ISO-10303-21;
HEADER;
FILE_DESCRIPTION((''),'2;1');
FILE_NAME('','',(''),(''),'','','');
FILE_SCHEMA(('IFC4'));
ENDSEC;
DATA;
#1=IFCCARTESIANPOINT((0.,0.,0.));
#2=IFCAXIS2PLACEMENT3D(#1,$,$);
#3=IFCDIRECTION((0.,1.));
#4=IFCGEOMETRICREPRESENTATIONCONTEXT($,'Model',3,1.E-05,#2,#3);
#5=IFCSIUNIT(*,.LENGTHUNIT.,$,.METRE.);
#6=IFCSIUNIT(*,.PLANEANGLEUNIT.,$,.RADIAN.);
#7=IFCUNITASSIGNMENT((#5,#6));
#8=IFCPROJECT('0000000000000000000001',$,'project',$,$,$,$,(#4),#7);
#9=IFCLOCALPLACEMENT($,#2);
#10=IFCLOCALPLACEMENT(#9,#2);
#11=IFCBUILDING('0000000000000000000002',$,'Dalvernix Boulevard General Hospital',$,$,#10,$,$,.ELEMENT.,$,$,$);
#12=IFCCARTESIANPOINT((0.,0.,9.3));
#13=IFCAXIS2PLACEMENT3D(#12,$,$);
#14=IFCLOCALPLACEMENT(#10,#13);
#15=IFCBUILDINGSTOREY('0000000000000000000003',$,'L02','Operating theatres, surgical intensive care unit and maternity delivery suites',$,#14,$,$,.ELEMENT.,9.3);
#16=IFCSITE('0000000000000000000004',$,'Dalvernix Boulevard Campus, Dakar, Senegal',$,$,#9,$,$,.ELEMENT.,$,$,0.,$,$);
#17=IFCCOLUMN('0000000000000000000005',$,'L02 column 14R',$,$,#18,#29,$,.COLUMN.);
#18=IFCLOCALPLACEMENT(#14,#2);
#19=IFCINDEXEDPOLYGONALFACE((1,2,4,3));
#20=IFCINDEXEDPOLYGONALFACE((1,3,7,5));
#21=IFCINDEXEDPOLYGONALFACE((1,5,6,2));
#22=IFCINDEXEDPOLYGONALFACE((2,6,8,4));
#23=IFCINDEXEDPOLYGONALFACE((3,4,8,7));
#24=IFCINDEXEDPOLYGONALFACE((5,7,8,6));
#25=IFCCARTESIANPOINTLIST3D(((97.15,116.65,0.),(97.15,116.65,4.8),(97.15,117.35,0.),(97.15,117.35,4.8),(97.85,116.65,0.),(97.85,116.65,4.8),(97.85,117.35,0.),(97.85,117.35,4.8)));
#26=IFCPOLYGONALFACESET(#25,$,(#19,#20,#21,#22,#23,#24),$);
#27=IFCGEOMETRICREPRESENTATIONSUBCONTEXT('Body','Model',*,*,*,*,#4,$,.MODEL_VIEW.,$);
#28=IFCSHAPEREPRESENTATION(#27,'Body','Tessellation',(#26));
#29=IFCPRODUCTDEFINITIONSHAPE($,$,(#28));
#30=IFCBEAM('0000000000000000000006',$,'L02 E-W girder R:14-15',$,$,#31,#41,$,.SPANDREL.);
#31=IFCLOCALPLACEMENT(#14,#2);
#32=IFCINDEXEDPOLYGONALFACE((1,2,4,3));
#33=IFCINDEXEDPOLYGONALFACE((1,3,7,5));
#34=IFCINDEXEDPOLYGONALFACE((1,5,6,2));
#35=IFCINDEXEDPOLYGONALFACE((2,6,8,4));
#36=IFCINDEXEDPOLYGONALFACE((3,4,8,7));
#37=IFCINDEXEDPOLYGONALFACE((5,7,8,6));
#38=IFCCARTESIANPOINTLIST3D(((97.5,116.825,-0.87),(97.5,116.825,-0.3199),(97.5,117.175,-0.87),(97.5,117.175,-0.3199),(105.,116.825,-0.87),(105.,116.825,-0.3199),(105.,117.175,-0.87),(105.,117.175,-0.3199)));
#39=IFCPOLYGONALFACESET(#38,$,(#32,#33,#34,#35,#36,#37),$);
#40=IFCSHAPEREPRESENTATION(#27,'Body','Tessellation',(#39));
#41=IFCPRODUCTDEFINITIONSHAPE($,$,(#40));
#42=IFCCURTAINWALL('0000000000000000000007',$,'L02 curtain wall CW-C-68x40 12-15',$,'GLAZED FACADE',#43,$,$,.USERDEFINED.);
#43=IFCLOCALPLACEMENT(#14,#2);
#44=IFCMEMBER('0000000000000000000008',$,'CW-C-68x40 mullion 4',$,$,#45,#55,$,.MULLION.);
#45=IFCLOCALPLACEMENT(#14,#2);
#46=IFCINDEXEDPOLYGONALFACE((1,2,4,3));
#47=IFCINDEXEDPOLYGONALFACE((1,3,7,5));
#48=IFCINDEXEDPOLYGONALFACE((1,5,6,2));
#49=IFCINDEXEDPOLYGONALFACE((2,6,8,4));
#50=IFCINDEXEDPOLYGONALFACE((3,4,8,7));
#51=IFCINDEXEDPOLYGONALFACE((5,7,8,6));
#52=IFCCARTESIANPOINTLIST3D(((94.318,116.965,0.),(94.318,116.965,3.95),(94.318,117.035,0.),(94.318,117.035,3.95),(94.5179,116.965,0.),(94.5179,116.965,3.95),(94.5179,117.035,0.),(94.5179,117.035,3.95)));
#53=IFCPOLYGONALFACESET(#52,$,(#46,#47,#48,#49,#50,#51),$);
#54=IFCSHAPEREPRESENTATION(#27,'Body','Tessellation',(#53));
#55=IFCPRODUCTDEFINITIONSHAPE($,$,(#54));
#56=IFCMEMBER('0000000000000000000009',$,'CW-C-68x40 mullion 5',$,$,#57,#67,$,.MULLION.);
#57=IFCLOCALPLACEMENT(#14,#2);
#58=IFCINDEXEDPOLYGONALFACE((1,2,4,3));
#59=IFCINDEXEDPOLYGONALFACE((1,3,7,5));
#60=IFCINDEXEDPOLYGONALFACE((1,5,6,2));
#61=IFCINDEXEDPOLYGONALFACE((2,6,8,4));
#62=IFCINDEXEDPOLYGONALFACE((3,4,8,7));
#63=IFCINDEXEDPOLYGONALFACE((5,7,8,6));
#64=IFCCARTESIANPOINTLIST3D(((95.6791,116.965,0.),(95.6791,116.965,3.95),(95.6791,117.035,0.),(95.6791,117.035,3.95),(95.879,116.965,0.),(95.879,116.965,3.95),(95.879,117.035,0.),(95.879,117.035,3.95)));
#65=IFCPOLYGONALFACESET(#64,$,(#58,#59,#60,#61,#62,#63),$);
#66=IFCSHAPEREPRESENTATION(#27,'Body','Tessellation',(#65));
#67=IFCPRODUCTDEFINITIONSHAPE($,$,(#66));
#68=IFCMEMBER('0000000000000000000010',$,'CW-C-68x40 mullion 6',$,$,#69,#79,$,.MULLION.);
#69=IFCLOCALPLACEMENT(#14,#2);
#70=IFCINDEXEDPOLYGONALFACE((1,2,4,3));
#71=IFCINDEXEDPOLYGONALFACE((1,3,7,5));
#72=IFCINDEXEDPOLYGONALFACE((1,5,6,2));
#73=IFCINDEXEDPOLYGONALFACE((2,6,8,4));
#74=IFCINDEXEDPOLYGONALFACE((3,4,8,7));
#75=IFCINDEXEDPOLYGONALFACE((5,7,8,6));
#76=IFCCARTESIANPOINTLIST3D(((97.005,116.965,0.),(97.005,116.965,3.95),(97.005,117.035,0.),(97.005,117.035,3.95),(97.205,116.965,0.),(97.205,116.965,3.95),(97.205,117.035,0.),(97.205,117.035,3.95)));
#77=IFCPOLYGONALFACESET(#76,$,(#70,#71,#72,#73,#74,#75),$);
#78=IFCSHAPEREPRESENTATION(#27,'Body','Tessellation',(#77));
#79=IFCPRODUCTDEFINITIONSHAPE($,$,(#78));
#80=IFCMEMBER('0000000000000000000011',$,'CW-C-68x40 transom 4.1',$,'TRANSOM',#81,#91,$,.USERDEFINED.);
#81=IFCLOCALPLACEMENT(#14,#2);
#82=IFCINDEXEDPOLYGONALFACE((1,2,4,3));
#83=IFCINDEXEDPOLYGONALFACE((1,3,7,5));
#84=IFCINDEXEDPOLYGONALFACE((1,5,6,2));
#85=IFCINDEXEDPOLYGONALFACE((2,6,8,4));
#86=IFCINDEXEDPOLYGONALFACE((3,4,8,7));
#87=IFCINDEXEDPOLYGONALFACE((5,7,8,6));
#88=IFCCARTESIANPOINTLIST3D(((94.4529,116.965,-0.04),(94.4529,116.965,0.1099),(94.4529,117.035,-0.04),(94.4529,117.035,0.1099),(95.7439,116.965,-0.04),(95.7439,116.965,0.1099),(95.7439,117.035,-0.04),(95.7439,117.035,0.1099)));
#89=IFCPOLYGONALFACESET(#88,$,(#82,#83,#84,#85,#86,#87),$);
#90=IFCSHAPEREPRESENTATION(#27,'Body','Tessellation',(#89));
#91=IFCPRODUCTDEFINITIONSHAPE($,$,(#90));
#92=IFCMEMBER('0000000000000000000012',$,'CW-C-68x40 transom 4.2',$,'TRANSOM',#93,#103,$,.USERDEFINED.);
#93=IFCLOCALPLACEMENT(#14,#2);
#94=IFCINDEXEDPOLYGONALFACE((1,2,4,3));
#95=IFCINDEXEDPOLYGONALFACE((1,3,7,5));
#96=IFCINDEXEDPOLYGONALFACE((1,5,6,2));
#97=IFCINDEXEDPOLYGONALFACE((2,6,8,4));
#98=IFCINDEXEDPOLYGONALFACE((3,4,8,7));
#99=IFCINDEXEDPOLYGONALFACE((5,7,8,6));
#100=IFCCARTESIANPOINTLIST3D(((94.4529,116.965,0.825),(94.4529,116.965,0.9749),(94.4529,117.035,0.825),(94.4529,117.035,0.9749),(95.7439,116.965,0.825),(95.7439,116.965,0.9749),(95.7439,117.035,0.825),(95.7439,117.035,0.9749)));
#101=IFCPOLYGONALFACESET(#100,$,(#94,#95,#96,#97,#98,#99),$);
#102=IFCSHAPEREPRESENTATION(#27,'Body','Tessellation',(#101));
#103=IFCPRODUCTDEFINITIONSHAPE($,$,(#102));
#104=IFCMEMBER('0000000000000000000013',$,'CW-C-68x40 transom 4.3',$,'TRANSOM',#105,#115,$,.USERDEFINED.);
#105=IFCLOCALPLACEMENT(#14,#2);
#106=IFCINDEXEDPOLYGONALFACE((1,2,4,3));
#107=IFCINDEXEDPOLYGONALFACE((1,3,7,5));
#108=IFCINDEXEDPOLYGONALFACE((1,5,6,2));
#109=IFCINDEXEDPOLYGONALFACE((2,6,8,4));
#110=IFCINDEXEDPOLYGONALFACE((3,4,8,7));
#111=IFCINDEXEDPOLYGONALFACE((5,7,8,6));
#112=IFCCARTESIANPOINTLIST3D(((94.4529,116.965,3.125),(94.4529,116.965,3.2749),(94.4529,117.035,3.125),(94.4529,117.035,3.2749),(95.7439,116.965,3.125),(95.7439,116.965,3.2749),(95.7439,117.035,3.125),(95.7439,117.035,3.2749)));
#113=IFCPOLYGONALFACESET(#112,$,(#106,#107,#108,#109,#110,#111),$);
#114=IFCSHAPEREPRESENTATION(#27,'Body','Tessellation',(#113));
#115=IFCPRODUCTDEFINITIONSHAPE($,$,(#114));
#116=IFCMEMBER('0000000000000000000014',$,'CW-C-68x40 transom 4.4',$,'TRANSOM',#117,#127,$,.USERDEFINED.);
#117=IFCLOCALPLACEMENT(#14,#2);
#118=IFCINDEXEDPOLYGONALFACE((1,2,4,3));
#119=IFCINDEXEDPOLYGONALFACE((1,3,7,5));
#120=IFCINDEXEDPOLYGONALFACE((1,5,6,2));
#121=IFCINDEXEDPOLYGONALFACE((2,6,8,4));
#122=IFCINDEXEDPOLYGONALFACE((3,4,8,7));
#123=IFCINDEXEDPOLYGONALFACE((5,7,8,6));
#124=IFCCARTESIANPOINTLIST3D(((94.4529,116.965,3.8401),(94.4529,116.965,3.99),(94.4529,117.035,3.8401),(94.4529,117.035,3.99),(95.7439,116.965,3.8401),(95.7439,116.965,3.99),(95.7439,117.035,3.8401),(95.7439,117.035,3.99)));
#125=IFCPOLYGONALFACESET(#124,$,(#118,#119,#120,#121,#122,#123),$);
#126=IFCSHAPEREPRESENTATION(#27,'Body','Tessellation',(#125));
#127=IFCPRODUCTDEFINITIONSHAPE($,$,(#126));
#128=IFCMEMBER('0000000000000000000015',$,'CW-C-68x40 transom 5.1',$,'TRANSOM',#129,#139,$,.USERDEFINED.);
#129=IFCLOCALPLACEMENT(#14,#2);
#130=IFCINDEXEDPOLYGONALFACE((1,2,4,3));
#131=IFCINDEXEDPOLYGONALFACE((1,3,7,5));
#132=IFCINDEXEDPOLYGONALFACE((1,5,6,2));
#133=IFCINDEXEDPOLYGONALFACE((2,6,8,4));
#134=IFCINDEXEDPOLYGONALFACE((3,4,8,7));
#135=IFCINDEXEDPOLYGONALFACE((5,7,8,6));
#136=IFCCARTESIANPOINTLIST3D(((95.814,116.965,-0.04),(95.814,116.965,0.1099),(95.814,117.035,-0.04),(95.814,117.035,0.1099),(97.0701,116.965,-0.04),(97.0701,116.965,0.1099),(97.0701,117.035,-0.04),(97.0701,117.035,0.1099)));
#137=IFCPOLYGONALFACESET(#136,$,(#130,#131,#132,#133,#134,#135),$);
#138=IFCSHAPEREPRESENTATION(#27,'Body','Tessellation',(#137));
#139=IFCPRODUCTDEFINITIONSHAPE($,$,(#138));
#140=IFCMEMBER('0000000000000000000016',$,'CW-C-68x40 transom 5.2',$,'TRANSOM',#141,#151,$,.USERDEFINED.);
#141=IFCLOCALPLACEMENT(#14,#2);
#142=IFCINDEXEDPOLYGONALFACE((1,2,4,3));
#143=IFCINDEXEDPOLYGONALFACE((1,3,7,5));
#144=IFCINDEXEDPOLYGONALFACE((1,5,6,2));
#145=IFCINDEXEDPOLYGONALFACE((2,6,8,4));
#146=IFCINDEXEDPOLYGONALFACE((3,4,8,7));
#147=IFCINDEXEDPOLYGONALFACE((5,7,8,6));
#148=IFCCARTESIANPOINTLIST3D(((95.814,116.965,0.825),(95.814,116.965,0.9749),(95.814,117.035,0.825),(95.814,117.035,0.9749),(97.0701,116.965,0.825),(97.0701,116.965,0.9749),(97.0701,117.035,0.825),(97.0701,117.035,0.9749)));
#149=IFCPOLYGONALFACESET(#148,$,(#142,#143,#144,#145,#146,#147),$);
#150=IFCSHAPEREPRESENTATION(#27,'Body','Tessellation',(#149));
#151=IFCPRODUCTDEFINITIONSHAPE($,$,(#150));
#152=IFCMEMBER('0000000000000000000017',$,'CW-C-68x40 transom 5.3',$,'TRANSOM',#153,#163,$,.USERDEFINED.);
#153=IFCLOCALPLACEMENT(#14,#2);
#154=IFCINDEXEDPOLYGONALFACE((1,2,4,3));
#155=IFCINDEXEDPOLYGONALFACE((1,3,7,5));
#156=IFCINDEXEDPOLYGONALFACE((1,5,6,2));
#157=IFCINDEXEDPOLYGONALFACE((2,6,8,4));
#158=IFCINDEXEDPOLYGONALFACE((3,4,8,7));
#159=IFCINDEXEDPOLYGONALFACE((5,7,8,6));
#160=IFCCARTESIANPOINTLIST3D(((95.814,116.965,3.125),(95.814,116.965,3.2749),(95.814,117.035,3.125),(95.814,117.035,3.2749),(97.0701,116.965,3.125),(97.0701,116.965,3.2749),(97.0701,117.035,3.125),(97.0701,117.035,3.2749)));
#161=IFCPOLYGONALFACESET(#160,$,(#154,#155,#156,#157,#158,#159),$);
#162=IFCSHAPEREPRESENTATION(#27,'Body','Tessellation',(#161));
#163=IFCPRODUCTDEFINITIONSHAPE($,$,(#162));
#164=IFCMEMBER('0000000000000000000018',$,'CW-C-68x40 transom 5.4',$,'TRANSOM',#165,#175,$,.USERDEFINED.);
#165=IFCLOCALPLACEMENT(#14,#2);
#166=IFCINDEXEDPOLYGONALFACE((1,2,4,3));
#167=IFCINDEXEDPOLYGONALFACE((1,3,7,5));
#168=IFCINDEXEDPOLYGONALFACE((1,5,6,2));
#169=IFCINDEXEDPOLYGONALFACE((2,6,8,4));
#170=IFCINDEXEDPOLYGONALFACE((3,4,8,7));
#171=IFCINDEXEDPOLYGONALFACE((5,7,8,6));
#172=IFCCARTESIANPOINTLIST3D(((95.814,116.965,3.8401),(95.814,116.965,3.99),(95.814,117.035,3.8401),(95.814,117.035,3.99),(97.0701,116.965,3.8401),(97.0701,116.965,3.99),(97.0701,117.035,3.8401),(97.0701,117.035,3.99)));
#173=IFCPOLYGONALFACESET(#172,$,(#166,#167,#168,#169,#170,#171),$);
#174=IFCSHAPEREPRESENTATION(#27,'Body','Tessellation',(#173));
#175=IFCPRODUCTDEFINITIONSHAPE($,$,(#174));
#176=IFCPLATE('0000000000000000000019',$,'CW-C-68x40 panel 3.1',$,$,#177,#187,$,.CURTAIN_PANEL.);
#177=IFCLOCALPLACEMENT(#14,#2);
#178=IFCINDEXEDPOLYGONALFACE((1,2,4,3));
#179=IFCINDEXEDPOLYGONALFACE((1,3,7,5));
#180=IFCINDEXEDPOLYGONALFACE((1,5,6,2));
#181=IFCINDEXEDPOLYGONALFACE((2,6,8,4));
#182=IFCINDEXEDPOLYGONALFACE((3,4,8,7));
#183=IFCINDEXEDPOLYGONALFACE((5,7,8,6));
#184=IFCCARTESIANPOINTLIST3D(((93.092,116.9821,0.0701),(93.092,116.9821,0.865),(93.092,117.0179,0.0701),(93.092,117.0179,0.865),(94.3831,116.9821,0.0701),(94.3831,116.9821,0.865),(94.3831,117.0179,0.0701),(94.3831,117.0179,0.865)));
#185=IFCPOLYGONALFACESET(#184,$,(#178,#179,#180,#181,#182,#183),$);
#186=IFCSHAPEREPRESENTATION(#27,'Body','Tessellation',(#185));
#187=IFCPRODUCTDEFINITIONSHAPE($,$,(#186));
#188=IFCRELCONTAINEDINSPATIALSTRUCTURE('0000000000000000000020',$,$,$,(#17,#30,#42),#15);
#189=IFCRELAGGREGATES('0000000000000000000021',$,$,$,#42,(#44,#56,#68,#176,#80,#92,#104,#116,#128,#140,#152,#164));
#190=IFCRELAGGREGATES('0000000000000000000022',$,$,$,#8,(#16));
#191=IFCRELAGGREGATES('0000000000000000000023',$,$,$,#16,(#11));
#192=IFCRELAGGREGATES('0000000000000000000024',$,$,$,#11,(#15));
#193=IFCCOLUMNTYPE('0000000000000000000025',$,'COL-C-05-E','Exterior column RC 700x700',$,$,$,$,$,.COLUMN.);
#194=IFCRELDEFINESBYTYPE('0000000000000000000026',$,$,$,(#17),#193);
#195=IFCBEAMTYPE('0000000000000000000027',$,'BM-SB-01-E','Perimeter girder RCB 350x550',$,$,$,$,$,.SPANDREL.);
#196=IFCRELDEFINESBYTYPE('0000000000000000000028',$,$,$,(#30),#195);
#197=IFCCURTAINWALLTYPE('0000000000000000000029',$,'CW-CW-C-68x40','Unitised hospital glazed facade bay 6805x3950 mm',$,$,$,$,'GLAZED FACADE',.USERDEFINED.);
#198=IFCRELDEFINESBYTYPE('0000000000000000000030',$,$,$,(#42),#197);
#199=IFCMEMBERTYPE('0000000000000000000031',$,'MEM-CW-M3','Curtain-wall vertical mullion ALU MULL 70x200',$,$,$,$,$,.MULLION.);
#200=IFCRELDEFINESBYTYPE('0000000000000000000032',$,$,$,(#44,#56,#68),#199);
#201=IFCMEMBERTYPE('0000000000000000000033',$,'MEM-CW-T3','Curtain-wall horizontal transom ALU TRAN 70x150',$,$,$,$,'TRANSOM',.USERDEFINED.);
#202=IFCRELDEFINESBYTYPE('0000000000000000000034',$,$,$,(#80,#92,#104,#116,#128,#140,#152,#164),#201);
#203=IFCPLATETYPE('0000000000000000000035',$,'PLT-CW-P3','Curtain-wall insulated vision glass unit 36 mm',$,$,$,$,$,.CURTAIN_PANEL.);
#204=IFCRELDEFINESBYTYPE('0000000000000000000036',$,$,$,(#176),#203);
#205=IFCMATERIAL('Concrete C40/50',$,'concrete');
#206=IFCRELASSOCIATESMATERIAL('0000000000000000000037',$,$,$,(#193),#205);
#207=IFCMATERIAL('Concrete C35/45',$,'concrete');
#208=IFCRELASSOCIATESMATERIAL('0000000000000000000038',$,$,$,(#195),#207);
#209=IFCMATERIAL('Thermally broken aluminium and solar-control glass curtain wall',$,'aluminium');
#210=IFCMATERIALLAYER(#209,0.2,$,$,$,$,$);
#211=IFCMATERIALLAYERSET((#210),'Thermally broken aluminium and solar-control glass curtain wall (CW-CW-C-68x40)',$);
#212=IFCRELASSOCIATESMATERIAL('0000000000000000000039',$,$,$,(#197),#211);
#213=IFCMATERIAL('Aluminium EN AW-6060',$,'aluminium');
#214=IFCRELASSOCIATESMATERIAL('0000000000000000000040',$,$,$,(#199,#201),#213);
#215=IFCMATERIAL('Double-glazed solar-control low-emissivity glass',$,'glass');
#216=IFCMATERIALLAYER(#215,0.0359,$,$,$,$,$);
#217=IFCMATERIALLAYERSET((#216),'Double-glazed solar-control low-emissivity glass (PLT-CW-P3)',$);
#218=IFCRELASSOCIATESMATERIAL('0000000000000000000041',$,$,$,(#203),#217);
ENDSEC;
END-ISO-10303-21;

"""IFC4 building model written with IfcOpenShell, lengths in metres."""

from ifc_helpers import new_model, si_unit, direction, frame, origin, origin_2d, place, context, subcontext, project, spatial, rectangle, extrude, material, layer, layer_set, material_profile, profile_set, type_object, element, aggregate, save


model = new_model("IFC4")

# Units and contexts
model_context = context("Model", 3, precision=1e-05, world=origin(), true_north=direction((0.0, 1.0)))
body_context = subcontext(model_context, "Body", "Model", "MODEL_VIEW")
ifc_project = project(units=[si_unit("LENGTHUNIT", "METRE"), si_unit("PLANEANGLEUNIT", "RADIAN")], contexts=[model_context])

# Site, building, storey
site_placement = place(None, origin())
site = spatial("IfcSite", under=ifc_project, at=site_placement, Name="Dalvernix Boulevard Campus, Dakar, Senegal", CompositionType="ELEMENT", RefElevation=0.0)
building_placement = place(site_placement, origin())
building = spatial("IfcBuilding", under=site, at=building_placement, Name="Dalvernix Boulevard General Hospital", CompositionType="ELEMENT")
storey_placement = place(building_placement, frame((0.0, 0.0, 9.3)))
storey = spatial("IfcBuildingStorey", under=building, at=storey_placement, Name="L02", Description="Operating theatres, surgical intensive care unit and maternity delivery suites", CompositionType="ELEMENT", Elevation=9.3)

# Column
ifc_material_1 = material(Name="Concrete C40/50", Category="concrete")
ifc_material_profile_1 = material_profile(ifc_material_1, rectangle(XDim=0.7, YDim=0.7, at=origin_2d()), Name="RC 700x700")
ifc_profile_set_1 = profile_set([ifc_material_profile_1], Name="Concrete C40/50")
column_type = type_object("IfcColumnType", Name="COL-C-05-E", Description="Exterior column RC 700x700", PredefinedType="COLUMN", material=ifc_profile_set_1)
column_placement = place(storey_placement, frame((97.5, 117.0, 0.0), z_axis=(0.0, 0.0, 1.0), x_axis=(1.0, 0.0, 0.0)))
element("IfcColumn", 1, at=column_placement, inside=storey, type_object=column_type, Name="L02 column 14R", PredefinedType="COLUMN", context=body_context, shape_type="SweptSolid", body=[
    extrude(rectangle(XDim=0.7, YDim=0.7, at=origin_2d()), origin(), (0.0, 0.0, 1.0), 4.8),
])

# Beam
ifc_material_2 = material(Name="Concrete C35/45", Category="concrete")
ifc_material_profile_2 = material_profile(ifc_material_2, rectangle(XDim=0.3501, YDim=0.55, at=origin_2d()), Name="RCB 350x550")
ifc_profile_set_2 = profile_set([ifc_material_profile_2], Name="Concrete C35/45")
beam_type = type_object("IfcBeamType", Name="BM-SB-01-E", Description="Perimeter girder RCB 350x550", PredefinedType="SPANDREL", material=ifc_profile_set_2)
beam_placement = place(storey_placement, frame((97.5, 117.0, -0.595), z_axis=(1.0, 0.0, 0.0), x_axis=(0.0, 1.0, 0.0)))
element("IfcBeam", 2, at=beam_placement, inside=storey, type_object=beam_type, Name="L02 E-W girder R:14-15", PredefinedType="SPANDREL", context=body_context, shape_type="SweptSolid", body=[
    extrude(rectangle(XDim=0.3501, YDim=0.55, at=origin_2d()), origin(), (0.0, 0.0, 1.0), 7.5),
])

# Curtain wall, members, plate
ifc_material_3 = material(Name="Thermally broken aluminium and solar-control glass curtain wall", Category="aluminium")
ifc_layer_1 = layer(ifc_material_3, 0.2)
ifc_layer_set_1 = layer_set([ifc_layer_1], Name="Thermally broken aluminium and solar-control glass curtain wall (CW-CW-C-68x40)")
curtain_wall_type = type_object("IfcCurtainWallType", Name="CW-CW-C-68x40", Description="Unitised hospital glazed facade bay 6805x3950 mm", ElementType="GLAZED FACADE", PredefinedType="USERDEFINED", material=ifc_layer_set_1)
curtain_wall_placement = place(storey_placement, origin())
curtain_wall = element("IfcCurtainWall", 3, at=curtain_wall_placement, inside=storey, type_object=curtain_wall_type, Name="L02 curtain wall CW-C-68x40 12-15", ObjectType="GLAZED FACADE", PredefinedType="USERDEFINED")
ifc_material_4 = material(Name="Aluminium EN AW-6060", Category="aluminium")
ifc_material_profile_3 = material_profile(ifc_material_4, rectangle(XDim=0.0701, YDim=0.2, at=origin_2d()), Name="ALU MULL 70x200")
ifc_profile_set_3 = profile_set([ifc_material_profile_3], Name="Aluminium EN AW-6060")
member_type_1 = type_object("IfcMemberType", Name="MEM-CW-M3", Description="Curtain-wall vertical mullion ALU MULL 70x200", PredefinedType="MULLION", material=ifc_profile_set_3)
member_1_placement = place(storey_placement, frame((94.418, 117.0, 0.0), z_axis=(0.0, 0.0, 1.0), x_axis=(0.0, 1.0, 0.0)))
member_1 = element("IfcMember", 4, at=member_1_placement, type_object=member_type_1, Name="CW-C-68x40 mullion 4", PredefinedType="MULLION", context=body_context, shape_type="SweptSolid", body=[
    extrude(rectangle(XDim=0.0701, YDim=0.2, at=origin_2d()), origin(), (0.0, 0.0, 1.0), 3.95),
])
member_2_placement = place(storey_placement, frame((95.7791, 117.0, 0.0), z_axis=(0.0, 0.0, 1.0), x_axis=(0.0, 1.0, 0.0)))
member_2 = element("IfcMember", 5, at=member_2_placement, type_object=member_type_1, Name="CW-C-68x40 mullion 5", PredefinedType="MULLION", context=body_context, shape_type="SweptSolid", body=[
    extrude(rectangle(XDim=0.0701, YDim=0.2, at=origin_2d()), origin(), (0.0, 0.0, 1.0), 3.95),
])
member_3_placement = place(storey_placement, frame((97.105, 117.0, 0.0), z_axis=(0.0, 0.0, 1.0), x_axis=(0.0, 1.0, 0.0)))
member_3 = element("IfcMember", 6, at=member_3_placement, type_object=member_type_1, Name="CW-C-68x40 mullion 6", PredefinedType="MULLION", context=body_context, shape_type="SweptSolid", body=[
    extrude(rectangle(XDim=0.0701, YDim=0.2, at=origin_2d()), origin(), (0.0, 0.0, 1.0), 3.95),
])
ifc_material_profile_4 = material_profile(ifc_material_4, rectangle(XDim=0.0701, YDim=0.1499, at=origin_2d()), Name="ALU TRAN 70x150")
ifc_profile_set_4 = profile_set([ifc_material_profile_4], Name="Aluminium EN AW-6060")
member_type_2 = type_object("IfcMemberType", Name="MEM-CW-T3", Description="Curtain-wall horizontal transom ALU TRAN 70x150", ElementType="TRANSOM", PredefinedType="USERDEFINED", material=ifc_profile_set_4)
member_4_placement = place(storey_placement, frame((94.4529, 117.0, 0.0349), z_axis=(1.0, 0.0, 0.0), x_axis=(0.0, 1.0, 0.0)))
member_4 = element("IfcMember", 7, at=member_4_placement, type_object=member_type_2, Name="CW-C-68x40 transom 4.1", ObjectType="TRANSOM", PredefinedType="USERDEFINED", context=body_context, shape_type="SweptSolid", body=[
    extrude(rectangle(XDim=0.0701, YDim=0.1499, at=origin_2d()), origin(), (0.0, 0.0, 1.0), 1.291),
])
member_5_placement = place(storey_placement, frame((94.4529, 117.0, 0.8999), z_axis=(1.0, 0.0, 0.0), x_axis=(0.0, 1.0, 0.0)))
member_5 = element("IfcMember", 8, at=member_5_placement, type_object=member_type_2, Name="CW-C-68x40 transom 4.2", ObjectType="TRANSOM", PredefinedType="USERDEFINED", context=body_context, shape_type="SweptSolid", body=[
    extrude(rectangle(XDim=0.0701, YDim=0.1499, at=origin_2d()), origin(), (0.0, 0.0, 1.0), 1.291),
])
member_6_placement = place(storey_placement, frame((94.4529, 117.0, 3.2), z_axis=(1.0, 0.0, 0.0), x_axis=(0.0, 1.0, 0.0)))
member_6 = element("IfcMember", 9, at=member_6_placement, type_object=member_type_2, Name="CW-C-68x40 transom 4.3", ObjectType="TRANSOM", PredefinedType="USERDEFINED", context=body_context, shape_type="SweptSolid", body=[
    extrude(rectangle(XDim=0.0701, YDim=0.1499, at=origin_2d()), origin(), (0.0, 0.0, 1.0), 1.291),
])
member_7_placement = place(storey_placement, frame((94.4529, 117.0, 3.915), z_axis=(1.0, 0.0, 0.0), x_axis=(0.0, 1.0, 0.0)))
member_7 = element("IfcMember", 10, at=member_7_placement, type_object=member_type_2, Name="CW-C-68x40 transom 4.4", ObjectType="TRANSOM", PredefinedType="USERDEFINED", context=body_context, shape_type="SweptSolid", body=[
    extrude(rectangle(XDim=0.0701, YDim=0.1499, at=origin_2d()), origin(), (0.0, 0.0, 1.0), 1.291),
])
member_8_placement = place(storey_placement, frame((95.814, 117.0, 0.0349), z_axis=(1.0, 0.0, 0.0), x_axis=(0.0, 1.0, 0.0)))
member_8 = element("IfcMember", 11, at=member_8_placement, type_object=member_type_2, Name="CW-C-68x40 transom 5.1", ObjectType="TRANSOM", PredefinedType="USERDEFINED", context=body_context, shape_type="SweptSolid", body=[
    extrude(rectangle(XDim=0.0701, YDim=0.1499, at=origin_2d()), origin(), (0.0, 0.0, 1.0), 1.2561),
])
member_9_placement = place(storey_placement, frame((95.814, 117.0, 0.8999), z_axis=(1.0, 0.0, 0.0), x_axis=(0.0, 1.0, 0.0)))
member_9 = element("IfcMember", 12, at=member_9_placement, type_object=member_type_2, Name="CW-C-68x40 transom 5.2", ObjectType="TRANSOM", PredefinedType="USERDEFINED", context=body_context, shape_type="SweptSolid", body=[
    extrude(rectangle(XDim=0.0701, YDim=0.1499, at=origin_2d()), origin(), (0.0, 0.0, 1.0), 1.2561),
])
member_10_placement = place(storey_placement, frame((95.814, 117.0, 3.2), z_axis=(1.0, 0.0, 0.0), x_axis=(0.0, 1.0, 0.0)))
member_10 = element("IfcMember", 13, at=member_10_placement, type_object=member_type_2, Name="CW-C-68x40 transom 5.3", ObjectType="TRANSOM", PredefinedType="USERDEFINED", context=body_context, shape_type="SweptSolid", body=[
    extrude(rectangle(XDim=0.0701, YDim=0.1499, at=origin_2d()), origin(), (0.0, 0.0, 1.0), 1.2561),
])
member_11_placement = place(storey_placement, frame((95.814, 117.0, 3.915), z_axis=(1.0, 0.0, 0.0), x_axis=(0.0, 1.0, 0.0)))
member_11 = element("IfcMember", 14, at=member_11_placement, type_object=member_type_2, Name="CW-C-68x40 transom 5.4", ObjectType="TRANSOM", PredefinedType="USERDEFINED", context=body_context, shape_type="SweptSolid", body=[
    extrude(rectangle(XDim=0.0701, YDim=0.1499, at=origin_2d()), origin(), (0.0, 0.0, 1.0), 1.2561),
])
ifc_material_5 = material(Name="Double-glazed solar-control low-emissivity glass", Category="glass")
ifc_layer_2 = layer(ifc_material_5, 0.0359)
ifc_layer_set_2 = layer_set([ifc_layer_2], Name="Double-glazed solar-control low-emissivity glass (PLT-CW-P3)")
plate_type = type_object("IfcPlateType", Name="PLT-CW-P3", Description="Curtain-wall insulated vision glass unit 36 mm", PredefinedType="CURTAIN_PANEL", material=ifc_layer_set_2)
plate_1_placement = place(storey_placement, frame((93.7375, 117.0, 0.0701), z_axis=(0.0, 0.0, 1.0), x_axis=(1.0, 0.0, 0.0)))
plate_1 = element("IfcPlate", 15, at=plate_1_placement, type_object=plate_type, Name="CW-C-68x40 panel 3.1", PredefinedType="CURTAIN_PANEL", context=body_context, shape_type="SweptSolid", body=[
    extrude(rectangle(XDim=1.291, YDim=0.0359, at=origin_2d()), origin(), (0.0, 0.0, 1.0), 0.7949),
])
aggregate(curtain_wall, [member_1, member_2, member_3, plate_1, member_4, member_5, member_6, member_7, member_8, member_9, member_10, member_11])

save(model, "model.ifc")
